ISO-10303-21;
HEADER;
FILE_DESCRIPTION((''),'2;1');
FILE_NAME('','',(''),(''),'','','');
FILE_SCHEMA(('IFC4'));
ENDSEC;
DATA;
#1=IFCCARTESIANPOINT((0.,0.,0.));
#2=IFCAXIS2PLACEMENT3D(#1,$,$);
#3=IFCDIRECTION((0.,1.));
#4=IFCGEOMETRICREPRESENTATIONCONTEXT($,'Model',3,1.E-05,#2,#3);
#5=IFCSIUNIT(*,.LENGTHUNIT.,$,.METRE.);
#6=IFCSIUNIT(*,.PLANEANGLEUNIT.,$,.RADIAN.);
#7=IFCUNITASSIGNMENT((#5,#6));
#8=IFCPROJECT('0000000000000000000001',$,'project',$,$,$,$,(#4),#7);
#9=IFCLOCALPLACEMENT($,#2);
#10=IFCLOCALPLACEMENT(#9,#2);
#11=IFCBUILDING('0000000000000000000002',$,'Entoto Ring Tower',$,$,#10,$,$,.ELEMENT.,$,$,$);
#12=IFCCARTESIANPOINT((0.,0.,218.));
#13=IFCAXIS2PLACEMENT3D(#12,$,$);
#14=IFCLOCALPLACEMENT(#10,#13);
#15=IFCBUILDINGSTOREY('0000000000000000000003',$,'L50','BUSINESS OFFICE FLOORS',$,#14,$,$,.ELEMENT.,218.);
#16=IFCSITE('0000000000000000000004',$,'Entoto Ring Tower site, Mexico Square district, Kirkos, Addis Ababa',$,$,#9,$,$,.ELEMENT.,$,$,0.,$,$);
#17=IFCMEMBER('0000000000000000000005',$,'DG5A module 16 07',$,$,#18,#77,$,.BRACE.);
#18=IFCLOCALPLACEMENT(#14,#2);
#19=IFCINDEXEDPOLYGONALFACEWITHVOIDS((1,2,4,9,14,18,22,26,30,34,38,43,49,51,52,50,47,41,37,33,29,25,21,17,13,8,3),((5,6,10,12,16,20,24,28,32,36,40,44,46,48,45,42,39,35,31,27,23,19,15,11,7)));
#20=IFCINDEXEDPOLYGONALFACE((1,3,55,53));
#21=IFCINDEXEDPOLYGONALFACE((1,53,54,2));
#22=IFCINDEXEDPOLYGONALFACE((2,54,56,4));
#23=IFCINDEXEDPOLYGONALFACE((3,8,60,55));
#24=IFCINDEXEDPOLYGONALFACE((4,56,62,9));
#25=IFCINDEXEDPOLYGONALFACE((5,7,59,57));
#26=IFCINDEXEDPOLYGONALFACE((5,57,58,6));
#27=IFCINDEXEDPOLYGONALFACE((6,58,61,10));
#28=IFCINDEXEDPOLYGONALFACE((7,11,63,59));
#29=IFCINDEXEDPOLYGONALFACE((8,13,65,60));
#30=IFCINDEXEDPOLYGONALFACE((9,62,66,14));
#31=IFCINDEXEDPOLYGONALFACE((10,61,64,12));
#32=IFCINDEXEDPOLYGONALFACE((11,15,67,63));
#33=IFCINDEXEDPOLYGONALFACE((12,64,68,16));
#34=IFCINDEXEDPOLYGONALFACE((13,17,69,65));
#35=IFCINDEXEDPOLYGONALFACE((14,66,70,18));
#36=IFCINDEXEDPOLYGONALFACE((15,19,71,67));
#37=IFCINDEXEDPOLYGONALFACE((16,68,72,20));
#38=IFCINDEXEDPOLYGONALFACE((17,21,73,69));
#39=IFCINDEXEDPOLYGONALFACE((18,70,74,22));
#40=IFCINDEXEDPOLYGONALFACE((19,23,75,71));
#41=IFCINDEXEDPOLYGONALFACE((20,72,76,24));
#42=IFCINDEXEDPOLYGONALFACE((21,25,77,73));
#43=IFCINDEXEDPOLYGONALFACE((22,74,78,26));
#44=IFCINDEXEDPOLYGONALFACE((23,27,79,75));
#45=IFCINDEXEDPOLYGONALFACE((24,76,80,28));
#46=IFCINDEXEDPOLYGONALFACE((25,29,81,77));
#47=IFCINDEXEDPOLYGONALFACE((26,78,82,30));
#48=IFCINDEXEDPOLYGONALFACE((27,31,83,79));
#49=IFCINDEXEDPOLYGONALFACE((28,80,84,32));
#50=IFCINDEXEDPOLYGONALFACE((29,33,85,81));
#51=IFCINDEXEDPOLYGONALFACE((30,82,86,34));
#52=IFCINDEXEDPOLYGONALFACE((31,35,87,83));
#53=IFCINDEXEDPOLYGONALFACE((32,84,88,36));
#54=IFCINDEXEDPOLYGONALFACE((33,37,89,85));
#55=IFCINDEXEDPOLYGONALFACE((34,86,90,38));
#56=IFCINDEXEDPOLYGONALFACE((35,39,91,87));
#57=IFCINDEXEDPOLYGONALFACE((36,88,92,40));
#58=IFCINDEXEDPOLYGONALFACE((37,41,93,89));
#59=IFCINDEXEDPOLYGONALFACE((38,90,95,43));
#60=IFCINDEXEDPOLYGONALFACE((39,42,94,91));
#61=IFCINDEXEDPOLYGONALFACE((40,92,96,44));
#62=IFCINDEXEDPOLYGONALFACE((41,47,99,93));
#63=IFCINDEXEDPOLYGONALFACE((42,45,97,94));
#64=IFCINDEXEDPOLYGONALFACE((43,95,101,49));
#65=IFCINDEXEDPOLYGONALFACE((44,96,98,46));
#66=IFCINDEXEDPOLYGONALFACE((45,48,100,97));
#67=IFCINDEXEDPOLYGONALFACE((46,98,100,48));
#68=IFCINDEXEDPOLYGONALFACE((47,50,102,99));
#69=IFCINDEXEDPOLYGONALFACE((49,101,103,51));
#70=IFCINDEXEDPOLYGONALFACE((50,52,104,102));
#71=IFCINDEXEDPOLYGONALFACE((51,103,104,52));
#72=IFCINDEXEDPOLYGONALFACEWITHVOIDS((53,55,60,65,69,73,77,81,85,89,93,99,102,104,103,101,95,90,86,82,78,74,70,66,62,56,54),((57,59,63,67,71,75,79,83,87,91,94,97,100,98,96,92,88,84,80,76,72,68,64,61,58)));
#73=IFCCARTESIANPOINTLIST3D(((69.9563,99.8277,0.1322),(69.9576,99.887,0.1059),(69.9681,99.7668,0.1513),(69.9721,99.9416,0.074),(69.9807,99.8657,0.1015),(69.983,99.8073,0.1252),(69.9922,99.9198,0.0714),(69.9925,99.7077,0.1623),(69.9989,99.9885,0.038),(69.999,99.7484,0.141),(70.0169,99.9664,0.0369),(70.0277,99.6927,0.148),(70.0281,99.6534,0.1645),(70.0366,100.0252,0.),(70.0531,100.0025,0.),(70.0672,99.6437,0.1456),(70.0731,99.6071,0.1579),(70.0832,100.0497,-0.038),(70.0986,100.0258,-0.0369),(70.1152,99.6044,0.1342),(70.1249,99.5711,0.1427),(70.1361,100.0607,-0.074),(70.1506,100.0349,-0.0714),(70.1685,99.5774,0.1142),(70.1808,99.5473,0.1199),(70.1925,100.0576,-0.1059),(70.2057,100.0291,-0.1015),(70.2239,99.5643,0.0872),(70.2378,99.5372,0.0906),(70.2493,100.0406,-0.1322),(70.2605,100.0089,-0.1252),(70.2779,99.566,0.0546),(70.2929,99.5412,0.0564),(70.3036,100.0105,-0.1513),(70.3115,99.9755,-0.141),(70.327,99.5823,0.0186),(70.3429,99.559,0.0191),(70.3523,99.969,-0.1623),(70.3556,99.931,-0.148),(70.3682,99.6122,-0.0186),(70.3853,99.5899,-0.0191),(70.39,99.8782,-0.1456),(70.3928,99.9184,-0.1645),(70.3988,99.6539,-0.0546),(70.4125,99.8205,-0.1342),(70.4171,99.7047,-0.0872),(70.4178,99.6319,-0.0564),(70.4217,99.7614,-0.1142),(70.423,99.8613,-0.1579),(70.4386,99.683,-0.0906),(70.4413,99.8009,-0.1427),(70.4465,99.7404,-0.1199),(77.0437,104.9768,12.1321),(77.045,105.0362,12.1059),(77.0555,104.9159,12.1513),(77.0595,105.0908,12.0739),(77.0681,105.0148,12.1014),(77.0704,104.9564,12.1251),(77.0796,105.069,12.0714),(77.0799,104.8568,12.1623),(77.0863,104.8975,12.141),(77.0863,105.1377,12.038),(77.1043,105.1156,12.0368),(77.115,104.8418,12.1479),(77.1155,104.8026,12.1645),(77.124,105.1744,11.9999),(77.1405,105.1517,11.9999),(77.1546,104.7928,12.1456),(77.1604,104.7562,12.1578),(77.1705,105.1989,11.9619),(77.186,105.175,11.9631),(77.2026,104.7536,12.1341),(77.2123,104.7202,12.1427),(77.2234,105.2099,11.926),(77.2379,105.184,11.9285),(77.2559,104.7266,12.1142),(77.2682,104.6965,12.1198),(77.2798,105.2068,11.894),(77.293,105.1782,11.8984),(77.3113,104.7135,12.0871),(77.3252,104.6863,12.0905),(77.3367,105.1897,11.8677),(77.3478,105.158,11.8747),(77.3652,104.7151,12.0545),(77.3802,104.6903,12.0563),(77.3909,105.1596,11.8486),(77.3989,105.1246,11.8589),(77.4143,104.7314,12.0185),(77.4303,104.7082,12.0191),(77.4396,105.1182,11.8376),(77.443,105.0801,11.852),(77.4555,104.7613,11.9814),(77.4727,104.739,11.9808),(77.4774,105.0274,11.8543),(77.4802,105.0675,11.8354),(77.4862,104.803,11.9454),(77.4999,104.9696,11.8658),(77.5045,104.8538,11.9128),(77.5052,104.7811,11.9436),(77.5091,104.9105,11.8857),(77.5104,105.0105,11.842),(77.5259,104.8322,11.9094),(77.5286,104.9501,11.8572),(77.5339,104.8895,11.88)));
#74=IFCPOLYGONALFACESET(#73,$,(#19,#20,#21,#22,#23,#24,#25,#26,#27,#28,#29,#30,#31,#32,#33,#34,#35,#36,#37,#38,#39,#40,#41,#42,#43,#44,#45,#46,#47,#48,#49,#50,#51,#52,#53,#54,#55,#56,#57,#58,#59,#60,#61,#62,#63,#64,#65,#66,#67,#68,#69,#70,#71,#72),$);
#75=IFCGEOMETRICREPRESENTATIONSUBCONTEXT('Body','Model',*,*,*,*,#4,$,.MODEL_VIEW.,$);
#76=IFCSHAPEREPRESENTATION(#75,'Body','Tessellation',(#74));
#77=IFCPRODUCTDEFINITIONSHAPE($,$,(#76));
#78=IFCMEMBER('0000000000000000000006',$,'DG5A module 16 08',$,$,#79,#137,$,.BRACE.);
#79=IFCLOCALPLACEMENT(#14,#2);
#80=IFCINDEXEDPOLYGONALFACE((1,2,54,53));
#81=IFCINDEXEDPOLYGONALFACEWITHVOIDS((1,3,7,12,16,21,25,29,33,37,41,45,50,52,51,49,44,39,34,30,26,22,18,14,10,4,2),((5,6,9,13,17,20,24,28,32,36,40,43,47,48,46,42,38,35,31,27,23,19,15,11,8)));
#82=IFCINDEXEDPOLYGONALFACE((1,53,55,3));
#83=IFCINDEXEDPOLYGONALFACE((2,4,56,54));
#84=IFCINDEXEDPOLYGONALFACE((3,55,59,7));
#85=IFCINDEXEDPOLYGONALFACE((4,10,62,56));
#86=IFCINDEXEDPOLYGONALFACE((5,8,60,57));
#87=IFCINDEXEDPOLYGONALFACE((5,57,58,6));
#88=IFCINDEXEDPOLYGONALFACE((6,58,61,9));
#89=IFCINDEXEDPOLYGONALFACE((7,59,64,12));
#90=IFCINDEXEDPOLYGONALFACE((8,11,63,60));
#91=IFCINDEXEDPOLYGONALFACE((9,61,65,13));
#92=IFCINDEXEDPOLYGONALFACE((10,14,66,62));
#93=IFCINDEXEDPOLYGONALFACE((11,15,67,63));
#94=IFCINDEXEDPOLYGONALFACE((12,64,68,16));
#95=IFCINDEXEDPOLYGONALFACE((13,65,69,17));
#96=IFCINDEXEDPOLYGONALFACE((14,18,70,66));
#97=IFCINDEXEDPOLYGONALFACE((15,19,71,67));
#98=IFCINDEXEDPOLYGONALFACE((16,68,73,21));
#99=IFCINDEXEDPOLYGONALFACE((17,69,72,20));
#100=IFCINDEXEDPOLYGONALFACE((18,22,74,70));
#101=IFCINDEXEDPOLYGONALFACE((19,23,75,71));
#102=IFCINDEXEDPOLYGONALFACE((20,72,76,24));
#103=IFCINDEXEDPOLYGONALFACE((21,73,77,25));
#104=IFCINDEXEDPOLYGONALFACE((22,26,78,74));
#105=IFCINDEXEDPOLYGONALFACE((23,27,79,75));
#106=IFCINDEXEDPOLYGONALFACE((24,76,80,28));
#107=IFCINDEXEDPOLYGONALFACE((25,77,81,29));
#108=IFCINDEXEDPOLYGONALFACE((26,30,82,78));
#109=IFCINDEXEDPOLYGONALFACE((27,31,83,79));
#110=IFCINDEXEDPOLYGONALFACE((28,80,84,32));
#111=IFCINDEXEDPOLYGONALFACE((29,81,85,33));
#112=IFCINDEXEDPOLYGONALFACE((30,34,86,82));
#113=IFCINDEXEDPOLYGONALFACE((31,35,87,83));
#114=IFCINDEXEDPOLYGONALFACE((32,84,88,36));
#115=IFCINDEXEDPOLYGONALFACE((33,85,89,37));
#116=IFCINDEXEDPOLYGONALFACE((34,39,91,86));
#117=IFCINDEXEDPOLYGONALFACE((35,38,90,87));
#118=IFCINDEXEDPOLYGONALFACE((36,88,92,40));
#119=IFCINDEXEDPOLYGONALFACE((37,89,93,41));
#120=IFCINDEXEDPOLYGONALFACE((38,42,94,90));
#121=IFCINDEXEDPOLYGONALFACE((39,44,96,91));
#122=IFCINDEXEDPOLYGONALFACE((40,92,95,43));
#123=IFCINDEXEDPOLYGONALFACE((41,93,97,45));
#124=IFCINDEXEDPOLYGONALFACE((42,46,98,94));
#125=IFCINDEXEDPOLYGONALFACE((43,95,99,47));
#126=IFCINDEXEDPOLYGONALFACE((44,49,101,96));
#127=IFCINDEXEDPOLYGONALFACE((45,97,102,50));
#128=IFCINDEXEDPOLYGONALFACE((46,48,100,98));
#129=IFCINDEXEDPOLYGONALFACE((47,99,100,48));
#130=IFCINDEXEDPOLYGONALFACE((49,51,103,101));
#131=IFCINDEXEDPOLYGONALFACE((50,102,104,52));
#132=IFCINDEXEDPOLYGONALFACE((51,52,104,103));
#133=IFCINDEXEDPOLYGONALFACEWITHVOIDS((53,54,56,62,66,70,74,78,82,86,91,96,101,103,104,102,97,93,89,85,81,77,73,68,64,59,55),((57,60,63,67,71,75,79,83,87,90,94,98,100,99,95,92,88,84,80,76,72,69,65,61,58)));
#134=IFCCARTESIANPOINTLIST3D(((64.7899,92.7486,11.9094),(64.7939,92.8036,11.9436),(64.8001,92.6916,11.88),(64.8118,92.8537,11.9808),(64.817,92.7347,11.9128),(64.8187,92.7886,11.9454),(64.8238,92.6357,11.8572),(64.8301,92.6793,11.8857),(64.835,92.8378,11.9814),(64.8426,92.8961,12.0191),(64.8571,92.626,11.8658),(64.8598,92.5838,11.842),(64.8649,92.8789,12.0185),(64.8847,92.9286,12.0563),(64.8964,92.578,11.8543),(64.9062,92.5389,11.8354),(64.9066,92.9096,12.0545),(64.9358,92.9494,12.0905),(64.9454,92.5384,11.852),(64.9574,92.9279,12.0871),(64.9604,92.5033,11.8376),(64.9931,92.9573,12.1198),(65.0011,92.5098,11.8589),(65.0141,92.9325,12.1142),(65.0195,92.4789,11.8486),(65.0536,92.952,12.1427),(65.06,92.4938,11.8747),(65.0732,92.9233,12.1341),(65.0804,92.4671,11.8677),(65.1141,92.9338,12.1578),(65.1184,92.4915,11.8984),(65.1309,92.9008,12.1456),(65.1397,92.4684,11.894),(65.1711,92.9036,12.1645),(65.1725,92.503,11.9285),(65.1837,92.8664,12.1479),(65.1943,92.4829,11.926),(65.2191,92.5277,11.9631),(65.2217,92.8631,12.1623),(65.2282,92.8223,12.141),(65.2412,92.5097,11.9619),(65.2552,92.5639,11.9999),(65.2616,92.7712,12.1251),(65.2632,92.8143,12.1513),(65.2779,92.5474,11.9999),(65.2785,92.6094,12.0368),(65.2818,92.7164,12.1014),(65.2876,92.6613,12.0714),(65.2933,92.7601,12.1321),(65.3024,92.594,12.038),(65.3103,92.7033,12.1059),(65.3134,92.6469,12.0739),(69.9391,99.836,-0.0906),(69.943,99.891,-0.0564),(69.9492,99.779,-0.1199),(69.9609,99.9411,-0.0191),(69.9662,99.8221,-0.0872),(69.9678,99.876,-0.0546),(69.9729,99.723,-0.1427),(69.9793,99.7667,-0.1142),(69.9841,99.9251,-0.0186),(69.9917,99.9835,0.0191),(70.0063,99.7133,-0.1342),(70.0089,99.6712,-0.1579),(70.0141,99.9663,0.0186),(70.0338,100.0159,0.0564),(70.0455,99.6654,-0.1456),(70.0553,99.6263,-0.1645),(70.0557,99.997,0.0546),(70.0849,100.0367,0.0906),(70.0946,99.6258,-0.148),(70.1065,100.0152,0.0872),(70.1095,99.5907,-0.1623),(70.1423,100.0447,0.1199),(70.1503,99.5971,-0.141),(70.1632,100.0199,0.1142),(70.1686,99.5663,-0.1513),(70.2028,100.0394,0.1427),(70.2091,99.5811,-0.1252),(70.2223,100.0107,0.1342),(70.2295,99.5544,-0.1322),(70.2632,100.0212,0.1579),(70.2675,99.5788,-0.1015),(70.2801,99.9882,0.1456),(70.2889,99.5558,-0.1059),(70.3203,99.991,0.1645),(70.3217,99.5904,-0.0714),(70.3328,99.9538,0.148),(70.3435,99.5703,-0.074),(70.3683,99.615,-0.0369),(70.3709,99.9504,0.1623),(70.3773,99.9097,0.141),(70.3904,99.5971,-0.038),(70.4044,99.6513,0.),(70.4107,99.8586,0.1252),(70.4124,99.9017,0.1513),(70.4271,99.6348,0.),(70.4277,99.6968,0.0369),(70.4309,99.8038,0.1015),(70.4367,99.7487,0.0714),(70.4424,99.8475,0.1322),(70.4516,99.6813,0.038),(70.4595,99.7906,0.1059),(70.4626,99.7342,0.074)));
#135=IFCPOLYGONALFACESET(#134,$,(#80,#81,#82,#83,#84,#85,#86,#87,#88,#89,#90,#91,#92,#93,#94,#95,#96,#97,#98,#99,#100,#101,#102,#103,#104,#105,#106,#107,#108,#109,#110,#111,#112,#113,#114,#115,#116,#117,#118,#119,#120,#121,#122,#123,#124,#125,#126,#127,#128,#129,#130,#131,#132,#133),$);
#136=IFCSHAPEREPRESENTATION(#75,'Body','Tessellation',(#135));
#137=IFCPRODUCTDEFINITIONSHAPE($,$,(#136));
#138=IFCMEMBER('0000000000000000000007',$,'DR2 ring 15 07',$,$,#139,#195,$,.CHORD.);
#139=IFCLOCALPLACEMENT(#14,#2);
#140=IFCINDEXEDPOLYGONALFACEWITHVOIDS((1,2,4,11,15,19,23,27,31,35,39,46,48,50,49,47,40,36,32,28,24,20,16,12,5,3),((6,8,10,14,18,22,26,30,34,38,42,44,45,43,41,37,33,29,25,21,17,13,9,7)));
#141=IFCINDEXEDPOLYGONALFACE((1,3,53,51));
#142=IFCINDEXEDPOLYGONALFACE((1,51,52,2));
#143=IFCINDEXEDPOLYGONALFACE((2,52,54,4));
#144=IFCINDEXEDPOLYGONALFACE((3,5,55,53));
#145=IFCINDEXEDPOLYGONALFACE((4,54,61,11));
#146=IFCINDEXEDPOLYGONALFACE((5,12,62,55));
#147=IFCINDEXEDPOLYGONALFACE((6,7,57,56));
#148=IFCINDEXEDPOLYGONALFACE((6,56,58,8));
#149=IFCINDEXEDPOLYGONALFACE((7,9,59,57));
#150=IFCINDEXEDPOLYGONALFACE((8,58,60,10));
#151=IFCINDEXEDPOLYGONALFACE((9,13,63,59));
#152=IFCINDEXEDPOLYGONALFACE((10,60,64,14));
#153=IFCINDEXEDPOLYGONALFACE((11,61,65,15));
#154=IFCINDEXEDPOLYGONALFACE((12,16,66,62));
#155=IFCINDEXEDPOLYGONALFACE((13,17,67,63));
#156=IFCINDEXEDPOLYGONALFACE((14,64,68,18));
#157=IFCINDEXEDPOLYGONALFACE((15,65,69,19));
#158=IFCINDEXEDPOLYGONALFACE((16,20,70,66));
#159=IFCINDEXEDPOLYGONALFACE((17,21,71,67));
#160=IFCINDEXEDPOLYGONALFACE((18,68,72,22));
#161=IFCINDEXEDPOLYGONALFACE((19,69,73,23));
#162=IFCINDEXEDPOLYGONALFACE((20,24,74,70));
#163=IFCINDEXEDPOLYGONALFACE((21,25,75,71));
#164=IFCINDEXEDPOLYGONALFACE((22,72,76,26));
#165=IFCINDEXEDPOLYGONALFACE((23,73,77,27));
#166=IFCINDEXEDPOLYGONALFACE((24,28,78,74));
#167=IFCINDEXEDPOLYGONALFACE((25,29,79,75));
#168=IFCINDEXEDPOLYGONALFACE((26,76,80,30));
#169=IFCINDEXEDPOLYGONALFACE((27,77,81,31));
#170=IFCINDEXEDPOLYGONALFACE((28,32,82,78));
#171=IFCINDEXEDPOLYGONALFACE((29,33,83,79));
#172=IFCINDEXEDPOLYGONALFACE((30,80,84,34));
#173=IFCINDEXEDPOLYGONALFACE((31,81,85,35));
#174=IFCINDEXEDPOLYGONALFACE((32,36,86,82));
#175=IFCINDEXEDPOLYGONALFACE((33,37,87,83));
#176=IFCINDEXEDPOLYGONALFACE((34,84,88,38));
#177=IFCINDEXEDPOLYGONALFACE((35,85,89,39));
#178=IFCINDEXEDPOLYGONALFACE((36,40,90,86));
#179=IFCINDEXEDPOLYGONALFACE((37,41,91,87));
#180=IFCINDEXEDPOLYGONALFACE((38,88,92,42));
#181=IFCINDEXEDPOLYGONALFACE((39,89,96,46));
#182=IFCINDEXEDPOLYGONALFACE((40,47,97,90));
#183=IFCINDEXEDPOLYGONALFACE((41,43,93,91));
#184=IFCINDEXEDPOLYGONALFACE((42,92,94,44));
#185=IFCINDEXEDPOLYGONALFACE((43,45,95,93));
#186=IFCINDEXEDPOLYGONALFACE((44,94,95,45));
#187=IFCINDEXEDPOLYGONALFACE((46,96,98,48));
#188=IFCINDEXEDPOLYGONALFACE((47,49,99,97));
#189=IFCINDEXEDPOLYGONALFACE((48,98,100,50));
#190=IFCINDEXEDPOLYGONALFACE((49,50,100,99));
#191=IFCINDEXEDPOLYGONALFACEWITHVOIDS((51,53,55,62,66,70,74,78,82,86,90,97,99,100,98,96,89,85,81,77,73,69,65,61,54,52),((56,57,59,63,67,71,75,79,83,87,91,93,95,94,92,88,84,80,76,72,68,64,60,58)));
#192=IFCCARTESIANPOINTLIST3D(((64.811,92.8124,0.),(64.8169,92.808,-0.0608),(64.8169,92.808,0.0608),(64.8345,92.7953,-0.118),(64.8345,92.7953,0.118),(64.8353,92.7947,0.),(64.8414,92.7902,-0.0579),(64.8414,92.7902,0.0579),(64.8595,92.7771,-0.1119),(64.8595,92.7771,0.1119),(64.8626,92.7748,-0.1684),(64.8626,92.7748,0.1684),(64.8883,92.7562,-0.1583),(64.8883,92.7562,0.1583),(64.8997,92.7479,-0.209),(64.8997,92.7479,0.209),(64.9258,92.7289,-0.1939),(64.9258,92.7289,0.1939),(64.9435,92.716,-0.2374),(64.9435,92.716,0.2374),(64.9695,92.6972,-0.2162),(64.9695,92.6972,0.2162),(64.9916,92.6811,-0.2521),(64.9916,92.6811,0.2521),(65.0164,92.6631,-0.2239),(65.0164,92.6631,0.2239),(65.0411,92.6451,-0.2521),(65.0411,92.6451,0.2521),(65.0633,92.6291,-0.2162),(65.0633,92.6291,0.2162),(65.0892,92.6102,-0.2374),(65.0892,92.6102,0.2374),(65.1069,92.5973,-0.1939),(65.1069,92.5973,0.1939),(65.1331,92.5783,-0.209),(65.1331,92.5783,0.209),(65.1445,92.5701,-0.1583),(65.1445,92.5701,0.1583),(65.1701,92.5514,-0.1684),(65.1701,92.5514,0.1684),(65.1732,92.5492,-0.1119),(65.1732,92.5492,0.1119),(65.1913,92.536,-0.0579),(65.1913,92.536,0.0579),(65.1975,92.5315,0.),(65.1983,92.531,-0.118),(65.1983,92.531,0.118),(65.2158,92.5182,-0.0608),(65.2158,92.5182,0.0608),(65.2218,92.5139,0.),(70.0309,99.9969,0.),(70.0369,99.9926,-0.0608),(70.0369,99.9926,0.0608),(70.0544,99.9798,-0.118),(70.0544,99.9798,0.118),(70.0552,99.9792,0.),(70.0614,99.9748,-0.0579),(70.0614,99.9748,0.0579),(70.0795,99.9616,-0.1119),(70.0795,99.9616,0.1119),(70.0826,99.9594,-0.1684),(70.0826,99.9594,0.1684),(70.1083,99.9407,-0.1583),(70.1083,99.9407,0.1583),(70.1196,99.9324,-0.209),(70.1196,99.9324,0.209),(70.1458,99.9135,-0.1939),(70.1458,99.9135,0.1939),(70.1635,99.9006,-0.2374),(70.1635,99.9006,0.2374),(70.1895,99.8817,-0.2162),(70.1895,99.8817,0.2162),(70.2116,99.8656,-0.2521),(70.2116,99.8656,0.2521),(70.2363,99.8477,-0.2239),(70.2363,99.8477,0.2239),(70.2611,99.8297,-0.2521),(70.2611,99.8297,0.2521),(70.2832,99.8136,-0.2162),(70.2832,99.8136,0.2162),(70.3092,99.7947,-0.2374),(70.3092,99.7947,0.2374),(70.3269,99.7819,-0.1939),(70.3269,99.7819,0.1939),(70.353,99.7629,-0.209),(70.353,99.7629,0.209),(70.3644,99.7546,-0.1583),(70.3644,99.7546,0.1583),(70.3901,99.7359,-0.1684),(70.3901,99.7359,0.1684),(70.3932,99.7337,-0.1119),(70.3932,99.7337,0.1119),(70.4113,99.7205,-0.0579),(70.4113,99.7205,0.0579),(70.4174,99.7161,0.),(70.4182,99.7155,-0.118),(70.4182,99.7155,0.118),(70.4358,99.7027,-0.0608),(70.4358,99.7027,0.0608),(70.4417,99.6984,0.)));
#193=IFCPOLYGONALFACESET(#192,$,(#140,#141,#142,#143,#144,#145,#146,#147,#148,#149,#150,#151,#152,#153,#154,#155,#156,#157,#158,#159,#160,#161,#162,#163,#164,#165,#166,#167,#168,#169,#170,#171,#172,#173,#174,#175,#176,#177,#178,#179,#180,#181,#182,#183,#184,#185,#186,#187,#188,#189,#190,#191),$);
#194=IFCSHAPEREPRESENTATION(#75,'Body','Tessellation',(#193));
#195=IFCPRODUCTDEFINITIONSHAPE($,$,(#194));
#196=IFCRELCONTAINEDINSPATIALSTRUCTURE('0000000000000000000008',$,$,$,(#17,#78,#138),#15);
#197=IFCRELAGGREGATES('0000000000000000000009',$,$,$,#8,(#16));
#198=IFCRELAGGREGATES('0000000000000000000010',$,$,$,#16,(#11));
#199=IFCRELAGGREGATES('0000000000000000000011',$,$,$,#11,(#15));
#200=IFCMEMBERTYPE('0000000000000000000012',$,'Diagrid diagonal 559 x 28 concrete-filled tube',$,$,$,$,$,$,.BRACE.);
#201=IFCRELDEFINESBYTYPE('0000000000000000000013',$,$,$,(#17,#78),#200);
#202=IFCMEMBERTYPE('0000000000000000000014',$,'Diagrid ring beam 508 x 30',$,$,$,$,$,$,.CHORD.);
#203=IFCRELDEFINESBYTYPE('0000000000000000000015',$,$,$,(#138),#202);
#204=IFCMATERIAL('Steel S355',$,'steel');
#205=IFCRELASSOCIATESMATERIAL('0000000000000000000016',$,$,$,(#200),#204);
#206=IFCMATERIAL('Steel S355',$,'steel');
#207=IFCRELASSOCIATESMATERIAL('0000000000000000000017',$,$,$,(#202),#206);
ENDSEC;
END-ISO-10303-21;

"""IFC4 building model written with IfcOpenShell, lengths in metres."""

from ifc_helpers import new_model, si_unit, direction, frame, origin, origin_2d, place, context, subcontext, project, spatial, circle, hollow_circle, extrude, material, material_profile, profile_set, type_object, element, save


model = new_model("IFC4")

# Units and contexts
model_context = context("Model", 3, precision=1e-05, world=origin(), true_north=direction((0.0, 1.0)))
body_context = subcontext(model_context, "Body", "Model", "MODEL_VIEW")
ifc_project = project(units=[si_unit("LENGTHUNIT", "METRE"), si_unit("PLANEANGLEUNIT", "RADIAN")], contexts=[model_context])

# Site, building, storey
site_placement = place(None, origin())
site = spatial("IfcSite", under=ifc_project, at=site_placement, Name="Entoto Ring Tower site, Mexico Square district, Kirkos, Addis Ababa", CompositionType="ELEMENT", RefElevation=0.0)
building_placement = place(site_placement, origin())
building = spatial("IfcBuilding", under=site, at=building_placement, Name="Entoto Ring Tower", CompositionType="ELEMENT")
storey_placement = place(building_placement, frame((0.0, 0.0, 218.0)))
storey = spatial("IfcBuildingStorey", under=building, at=storey_placement, Name="L50", Description="BUSINESS OFFICE FLOORS", CompositionType="ELEMENT", Elevation=218.0)

# Members
ifc_material_1 = material(Name="Steel S355", Category="steel")
ifc_material_profile_1 = material_profile(ifc_material_1, hollow_circle(Radius=0.2795, WallThickness=0.0281, at=origin_2d()), Name="CHS 559 x 28")
ifc_material_2 = material(Name="Concrete C60/75", Category="concrete")
ifc_material_profile_2 = material_profile(ifc_material_2, circle(Radius=0.2515, at=origin_2d()), Name="Concrete C60/75 infill")
ifc_profile_set_1 = profile_set([ifc_material_profile_1, ifc_material_profile_2], Name="Steel S355")
member_type_1 = type_object("IfcMemberType", Name="Diagrid diagonal 559 x 28 concrete-filled tube", PredefinedType="BRACE", material=ifc_profile_set_1)
for number, where, z_axis, x_axis, name in (
    (1, (70.2009, 99.7991, 0.0), (0.477025, 0.34657, 0.807673), (-0.587776, 0.809024, 0.0), "DG5A module 16 07"),
    (2, (70.2009, 99.7991, 0.0), (-0.34657, -0.477025, 0.807673), (0.809024, -0.587776, 0.0), "DG5A module 16 08"),
):
    element("IfcMember", number, at=place(storey_placement, frame(where, z_axis=z_axis, x_axis=x_axis)), inside=storey, type_object=member_type_1, Name=name, PredefinedType="BRACE", context=body_context, shape_type="SweptSolid", body=[
        extrude(hollow_circle(Radius=0.2795, WallThickness=0.0281, at=origin_2d()), origin(), (0.0, 0.0, 1.0), 14.8574),
    ])
ifc_material_3 = material(Name="Steel S355", Category="steel")
ifc_material_profile_3 = material_profile(ifc_material_3, hollow_circle(Radius=0.2539, WallThickness=0.03, at=origin_2d()), Name="CHS 508 x 30")
ifc_material_4 = material(Name="Concrete C60/75", Category="concrete")
ifc_material_profile_4 = material_profile(ifc_material_4, circle(Radius=0.2241, at=origin_2d()), Name="Concrete C60/75 infill")
ifc_profile_set_2 = profile_set([ifc_material_profile_3, ifc_material_profile_4], Name="Steel S355")
member_type_2 = type_object("IfcMemberType", Name="Diagrid ring beam 508 x 30", PredefinedType="CHORD", material=ifc_profile_set_2)
for number, where, z_axis, x_axis, name in (
    (3, (70.2363, 99.8477, 0.0), (-0.587791, -0.809013, 0.0), (0.809013, -0.587791, 0.0), "DR2 ring 15 07"),
):
    element("IfcMember", number, at=place(storey_placement, frame(where, z_axis=z_axis, x_axis=x_axis)), inside=storey, type_object=member_type_2, Name=name, PredefinedType="CHORD", context=body_context, shape_type="SweptSolid", body=[
        extrude(hollow_circle(Radius=0.2539, WallThickness=0.03, at=origin_2d()), origin(), (0.0, 0.0, 1.0), 8.8806),
    ])

save(model, "model.ifc")
